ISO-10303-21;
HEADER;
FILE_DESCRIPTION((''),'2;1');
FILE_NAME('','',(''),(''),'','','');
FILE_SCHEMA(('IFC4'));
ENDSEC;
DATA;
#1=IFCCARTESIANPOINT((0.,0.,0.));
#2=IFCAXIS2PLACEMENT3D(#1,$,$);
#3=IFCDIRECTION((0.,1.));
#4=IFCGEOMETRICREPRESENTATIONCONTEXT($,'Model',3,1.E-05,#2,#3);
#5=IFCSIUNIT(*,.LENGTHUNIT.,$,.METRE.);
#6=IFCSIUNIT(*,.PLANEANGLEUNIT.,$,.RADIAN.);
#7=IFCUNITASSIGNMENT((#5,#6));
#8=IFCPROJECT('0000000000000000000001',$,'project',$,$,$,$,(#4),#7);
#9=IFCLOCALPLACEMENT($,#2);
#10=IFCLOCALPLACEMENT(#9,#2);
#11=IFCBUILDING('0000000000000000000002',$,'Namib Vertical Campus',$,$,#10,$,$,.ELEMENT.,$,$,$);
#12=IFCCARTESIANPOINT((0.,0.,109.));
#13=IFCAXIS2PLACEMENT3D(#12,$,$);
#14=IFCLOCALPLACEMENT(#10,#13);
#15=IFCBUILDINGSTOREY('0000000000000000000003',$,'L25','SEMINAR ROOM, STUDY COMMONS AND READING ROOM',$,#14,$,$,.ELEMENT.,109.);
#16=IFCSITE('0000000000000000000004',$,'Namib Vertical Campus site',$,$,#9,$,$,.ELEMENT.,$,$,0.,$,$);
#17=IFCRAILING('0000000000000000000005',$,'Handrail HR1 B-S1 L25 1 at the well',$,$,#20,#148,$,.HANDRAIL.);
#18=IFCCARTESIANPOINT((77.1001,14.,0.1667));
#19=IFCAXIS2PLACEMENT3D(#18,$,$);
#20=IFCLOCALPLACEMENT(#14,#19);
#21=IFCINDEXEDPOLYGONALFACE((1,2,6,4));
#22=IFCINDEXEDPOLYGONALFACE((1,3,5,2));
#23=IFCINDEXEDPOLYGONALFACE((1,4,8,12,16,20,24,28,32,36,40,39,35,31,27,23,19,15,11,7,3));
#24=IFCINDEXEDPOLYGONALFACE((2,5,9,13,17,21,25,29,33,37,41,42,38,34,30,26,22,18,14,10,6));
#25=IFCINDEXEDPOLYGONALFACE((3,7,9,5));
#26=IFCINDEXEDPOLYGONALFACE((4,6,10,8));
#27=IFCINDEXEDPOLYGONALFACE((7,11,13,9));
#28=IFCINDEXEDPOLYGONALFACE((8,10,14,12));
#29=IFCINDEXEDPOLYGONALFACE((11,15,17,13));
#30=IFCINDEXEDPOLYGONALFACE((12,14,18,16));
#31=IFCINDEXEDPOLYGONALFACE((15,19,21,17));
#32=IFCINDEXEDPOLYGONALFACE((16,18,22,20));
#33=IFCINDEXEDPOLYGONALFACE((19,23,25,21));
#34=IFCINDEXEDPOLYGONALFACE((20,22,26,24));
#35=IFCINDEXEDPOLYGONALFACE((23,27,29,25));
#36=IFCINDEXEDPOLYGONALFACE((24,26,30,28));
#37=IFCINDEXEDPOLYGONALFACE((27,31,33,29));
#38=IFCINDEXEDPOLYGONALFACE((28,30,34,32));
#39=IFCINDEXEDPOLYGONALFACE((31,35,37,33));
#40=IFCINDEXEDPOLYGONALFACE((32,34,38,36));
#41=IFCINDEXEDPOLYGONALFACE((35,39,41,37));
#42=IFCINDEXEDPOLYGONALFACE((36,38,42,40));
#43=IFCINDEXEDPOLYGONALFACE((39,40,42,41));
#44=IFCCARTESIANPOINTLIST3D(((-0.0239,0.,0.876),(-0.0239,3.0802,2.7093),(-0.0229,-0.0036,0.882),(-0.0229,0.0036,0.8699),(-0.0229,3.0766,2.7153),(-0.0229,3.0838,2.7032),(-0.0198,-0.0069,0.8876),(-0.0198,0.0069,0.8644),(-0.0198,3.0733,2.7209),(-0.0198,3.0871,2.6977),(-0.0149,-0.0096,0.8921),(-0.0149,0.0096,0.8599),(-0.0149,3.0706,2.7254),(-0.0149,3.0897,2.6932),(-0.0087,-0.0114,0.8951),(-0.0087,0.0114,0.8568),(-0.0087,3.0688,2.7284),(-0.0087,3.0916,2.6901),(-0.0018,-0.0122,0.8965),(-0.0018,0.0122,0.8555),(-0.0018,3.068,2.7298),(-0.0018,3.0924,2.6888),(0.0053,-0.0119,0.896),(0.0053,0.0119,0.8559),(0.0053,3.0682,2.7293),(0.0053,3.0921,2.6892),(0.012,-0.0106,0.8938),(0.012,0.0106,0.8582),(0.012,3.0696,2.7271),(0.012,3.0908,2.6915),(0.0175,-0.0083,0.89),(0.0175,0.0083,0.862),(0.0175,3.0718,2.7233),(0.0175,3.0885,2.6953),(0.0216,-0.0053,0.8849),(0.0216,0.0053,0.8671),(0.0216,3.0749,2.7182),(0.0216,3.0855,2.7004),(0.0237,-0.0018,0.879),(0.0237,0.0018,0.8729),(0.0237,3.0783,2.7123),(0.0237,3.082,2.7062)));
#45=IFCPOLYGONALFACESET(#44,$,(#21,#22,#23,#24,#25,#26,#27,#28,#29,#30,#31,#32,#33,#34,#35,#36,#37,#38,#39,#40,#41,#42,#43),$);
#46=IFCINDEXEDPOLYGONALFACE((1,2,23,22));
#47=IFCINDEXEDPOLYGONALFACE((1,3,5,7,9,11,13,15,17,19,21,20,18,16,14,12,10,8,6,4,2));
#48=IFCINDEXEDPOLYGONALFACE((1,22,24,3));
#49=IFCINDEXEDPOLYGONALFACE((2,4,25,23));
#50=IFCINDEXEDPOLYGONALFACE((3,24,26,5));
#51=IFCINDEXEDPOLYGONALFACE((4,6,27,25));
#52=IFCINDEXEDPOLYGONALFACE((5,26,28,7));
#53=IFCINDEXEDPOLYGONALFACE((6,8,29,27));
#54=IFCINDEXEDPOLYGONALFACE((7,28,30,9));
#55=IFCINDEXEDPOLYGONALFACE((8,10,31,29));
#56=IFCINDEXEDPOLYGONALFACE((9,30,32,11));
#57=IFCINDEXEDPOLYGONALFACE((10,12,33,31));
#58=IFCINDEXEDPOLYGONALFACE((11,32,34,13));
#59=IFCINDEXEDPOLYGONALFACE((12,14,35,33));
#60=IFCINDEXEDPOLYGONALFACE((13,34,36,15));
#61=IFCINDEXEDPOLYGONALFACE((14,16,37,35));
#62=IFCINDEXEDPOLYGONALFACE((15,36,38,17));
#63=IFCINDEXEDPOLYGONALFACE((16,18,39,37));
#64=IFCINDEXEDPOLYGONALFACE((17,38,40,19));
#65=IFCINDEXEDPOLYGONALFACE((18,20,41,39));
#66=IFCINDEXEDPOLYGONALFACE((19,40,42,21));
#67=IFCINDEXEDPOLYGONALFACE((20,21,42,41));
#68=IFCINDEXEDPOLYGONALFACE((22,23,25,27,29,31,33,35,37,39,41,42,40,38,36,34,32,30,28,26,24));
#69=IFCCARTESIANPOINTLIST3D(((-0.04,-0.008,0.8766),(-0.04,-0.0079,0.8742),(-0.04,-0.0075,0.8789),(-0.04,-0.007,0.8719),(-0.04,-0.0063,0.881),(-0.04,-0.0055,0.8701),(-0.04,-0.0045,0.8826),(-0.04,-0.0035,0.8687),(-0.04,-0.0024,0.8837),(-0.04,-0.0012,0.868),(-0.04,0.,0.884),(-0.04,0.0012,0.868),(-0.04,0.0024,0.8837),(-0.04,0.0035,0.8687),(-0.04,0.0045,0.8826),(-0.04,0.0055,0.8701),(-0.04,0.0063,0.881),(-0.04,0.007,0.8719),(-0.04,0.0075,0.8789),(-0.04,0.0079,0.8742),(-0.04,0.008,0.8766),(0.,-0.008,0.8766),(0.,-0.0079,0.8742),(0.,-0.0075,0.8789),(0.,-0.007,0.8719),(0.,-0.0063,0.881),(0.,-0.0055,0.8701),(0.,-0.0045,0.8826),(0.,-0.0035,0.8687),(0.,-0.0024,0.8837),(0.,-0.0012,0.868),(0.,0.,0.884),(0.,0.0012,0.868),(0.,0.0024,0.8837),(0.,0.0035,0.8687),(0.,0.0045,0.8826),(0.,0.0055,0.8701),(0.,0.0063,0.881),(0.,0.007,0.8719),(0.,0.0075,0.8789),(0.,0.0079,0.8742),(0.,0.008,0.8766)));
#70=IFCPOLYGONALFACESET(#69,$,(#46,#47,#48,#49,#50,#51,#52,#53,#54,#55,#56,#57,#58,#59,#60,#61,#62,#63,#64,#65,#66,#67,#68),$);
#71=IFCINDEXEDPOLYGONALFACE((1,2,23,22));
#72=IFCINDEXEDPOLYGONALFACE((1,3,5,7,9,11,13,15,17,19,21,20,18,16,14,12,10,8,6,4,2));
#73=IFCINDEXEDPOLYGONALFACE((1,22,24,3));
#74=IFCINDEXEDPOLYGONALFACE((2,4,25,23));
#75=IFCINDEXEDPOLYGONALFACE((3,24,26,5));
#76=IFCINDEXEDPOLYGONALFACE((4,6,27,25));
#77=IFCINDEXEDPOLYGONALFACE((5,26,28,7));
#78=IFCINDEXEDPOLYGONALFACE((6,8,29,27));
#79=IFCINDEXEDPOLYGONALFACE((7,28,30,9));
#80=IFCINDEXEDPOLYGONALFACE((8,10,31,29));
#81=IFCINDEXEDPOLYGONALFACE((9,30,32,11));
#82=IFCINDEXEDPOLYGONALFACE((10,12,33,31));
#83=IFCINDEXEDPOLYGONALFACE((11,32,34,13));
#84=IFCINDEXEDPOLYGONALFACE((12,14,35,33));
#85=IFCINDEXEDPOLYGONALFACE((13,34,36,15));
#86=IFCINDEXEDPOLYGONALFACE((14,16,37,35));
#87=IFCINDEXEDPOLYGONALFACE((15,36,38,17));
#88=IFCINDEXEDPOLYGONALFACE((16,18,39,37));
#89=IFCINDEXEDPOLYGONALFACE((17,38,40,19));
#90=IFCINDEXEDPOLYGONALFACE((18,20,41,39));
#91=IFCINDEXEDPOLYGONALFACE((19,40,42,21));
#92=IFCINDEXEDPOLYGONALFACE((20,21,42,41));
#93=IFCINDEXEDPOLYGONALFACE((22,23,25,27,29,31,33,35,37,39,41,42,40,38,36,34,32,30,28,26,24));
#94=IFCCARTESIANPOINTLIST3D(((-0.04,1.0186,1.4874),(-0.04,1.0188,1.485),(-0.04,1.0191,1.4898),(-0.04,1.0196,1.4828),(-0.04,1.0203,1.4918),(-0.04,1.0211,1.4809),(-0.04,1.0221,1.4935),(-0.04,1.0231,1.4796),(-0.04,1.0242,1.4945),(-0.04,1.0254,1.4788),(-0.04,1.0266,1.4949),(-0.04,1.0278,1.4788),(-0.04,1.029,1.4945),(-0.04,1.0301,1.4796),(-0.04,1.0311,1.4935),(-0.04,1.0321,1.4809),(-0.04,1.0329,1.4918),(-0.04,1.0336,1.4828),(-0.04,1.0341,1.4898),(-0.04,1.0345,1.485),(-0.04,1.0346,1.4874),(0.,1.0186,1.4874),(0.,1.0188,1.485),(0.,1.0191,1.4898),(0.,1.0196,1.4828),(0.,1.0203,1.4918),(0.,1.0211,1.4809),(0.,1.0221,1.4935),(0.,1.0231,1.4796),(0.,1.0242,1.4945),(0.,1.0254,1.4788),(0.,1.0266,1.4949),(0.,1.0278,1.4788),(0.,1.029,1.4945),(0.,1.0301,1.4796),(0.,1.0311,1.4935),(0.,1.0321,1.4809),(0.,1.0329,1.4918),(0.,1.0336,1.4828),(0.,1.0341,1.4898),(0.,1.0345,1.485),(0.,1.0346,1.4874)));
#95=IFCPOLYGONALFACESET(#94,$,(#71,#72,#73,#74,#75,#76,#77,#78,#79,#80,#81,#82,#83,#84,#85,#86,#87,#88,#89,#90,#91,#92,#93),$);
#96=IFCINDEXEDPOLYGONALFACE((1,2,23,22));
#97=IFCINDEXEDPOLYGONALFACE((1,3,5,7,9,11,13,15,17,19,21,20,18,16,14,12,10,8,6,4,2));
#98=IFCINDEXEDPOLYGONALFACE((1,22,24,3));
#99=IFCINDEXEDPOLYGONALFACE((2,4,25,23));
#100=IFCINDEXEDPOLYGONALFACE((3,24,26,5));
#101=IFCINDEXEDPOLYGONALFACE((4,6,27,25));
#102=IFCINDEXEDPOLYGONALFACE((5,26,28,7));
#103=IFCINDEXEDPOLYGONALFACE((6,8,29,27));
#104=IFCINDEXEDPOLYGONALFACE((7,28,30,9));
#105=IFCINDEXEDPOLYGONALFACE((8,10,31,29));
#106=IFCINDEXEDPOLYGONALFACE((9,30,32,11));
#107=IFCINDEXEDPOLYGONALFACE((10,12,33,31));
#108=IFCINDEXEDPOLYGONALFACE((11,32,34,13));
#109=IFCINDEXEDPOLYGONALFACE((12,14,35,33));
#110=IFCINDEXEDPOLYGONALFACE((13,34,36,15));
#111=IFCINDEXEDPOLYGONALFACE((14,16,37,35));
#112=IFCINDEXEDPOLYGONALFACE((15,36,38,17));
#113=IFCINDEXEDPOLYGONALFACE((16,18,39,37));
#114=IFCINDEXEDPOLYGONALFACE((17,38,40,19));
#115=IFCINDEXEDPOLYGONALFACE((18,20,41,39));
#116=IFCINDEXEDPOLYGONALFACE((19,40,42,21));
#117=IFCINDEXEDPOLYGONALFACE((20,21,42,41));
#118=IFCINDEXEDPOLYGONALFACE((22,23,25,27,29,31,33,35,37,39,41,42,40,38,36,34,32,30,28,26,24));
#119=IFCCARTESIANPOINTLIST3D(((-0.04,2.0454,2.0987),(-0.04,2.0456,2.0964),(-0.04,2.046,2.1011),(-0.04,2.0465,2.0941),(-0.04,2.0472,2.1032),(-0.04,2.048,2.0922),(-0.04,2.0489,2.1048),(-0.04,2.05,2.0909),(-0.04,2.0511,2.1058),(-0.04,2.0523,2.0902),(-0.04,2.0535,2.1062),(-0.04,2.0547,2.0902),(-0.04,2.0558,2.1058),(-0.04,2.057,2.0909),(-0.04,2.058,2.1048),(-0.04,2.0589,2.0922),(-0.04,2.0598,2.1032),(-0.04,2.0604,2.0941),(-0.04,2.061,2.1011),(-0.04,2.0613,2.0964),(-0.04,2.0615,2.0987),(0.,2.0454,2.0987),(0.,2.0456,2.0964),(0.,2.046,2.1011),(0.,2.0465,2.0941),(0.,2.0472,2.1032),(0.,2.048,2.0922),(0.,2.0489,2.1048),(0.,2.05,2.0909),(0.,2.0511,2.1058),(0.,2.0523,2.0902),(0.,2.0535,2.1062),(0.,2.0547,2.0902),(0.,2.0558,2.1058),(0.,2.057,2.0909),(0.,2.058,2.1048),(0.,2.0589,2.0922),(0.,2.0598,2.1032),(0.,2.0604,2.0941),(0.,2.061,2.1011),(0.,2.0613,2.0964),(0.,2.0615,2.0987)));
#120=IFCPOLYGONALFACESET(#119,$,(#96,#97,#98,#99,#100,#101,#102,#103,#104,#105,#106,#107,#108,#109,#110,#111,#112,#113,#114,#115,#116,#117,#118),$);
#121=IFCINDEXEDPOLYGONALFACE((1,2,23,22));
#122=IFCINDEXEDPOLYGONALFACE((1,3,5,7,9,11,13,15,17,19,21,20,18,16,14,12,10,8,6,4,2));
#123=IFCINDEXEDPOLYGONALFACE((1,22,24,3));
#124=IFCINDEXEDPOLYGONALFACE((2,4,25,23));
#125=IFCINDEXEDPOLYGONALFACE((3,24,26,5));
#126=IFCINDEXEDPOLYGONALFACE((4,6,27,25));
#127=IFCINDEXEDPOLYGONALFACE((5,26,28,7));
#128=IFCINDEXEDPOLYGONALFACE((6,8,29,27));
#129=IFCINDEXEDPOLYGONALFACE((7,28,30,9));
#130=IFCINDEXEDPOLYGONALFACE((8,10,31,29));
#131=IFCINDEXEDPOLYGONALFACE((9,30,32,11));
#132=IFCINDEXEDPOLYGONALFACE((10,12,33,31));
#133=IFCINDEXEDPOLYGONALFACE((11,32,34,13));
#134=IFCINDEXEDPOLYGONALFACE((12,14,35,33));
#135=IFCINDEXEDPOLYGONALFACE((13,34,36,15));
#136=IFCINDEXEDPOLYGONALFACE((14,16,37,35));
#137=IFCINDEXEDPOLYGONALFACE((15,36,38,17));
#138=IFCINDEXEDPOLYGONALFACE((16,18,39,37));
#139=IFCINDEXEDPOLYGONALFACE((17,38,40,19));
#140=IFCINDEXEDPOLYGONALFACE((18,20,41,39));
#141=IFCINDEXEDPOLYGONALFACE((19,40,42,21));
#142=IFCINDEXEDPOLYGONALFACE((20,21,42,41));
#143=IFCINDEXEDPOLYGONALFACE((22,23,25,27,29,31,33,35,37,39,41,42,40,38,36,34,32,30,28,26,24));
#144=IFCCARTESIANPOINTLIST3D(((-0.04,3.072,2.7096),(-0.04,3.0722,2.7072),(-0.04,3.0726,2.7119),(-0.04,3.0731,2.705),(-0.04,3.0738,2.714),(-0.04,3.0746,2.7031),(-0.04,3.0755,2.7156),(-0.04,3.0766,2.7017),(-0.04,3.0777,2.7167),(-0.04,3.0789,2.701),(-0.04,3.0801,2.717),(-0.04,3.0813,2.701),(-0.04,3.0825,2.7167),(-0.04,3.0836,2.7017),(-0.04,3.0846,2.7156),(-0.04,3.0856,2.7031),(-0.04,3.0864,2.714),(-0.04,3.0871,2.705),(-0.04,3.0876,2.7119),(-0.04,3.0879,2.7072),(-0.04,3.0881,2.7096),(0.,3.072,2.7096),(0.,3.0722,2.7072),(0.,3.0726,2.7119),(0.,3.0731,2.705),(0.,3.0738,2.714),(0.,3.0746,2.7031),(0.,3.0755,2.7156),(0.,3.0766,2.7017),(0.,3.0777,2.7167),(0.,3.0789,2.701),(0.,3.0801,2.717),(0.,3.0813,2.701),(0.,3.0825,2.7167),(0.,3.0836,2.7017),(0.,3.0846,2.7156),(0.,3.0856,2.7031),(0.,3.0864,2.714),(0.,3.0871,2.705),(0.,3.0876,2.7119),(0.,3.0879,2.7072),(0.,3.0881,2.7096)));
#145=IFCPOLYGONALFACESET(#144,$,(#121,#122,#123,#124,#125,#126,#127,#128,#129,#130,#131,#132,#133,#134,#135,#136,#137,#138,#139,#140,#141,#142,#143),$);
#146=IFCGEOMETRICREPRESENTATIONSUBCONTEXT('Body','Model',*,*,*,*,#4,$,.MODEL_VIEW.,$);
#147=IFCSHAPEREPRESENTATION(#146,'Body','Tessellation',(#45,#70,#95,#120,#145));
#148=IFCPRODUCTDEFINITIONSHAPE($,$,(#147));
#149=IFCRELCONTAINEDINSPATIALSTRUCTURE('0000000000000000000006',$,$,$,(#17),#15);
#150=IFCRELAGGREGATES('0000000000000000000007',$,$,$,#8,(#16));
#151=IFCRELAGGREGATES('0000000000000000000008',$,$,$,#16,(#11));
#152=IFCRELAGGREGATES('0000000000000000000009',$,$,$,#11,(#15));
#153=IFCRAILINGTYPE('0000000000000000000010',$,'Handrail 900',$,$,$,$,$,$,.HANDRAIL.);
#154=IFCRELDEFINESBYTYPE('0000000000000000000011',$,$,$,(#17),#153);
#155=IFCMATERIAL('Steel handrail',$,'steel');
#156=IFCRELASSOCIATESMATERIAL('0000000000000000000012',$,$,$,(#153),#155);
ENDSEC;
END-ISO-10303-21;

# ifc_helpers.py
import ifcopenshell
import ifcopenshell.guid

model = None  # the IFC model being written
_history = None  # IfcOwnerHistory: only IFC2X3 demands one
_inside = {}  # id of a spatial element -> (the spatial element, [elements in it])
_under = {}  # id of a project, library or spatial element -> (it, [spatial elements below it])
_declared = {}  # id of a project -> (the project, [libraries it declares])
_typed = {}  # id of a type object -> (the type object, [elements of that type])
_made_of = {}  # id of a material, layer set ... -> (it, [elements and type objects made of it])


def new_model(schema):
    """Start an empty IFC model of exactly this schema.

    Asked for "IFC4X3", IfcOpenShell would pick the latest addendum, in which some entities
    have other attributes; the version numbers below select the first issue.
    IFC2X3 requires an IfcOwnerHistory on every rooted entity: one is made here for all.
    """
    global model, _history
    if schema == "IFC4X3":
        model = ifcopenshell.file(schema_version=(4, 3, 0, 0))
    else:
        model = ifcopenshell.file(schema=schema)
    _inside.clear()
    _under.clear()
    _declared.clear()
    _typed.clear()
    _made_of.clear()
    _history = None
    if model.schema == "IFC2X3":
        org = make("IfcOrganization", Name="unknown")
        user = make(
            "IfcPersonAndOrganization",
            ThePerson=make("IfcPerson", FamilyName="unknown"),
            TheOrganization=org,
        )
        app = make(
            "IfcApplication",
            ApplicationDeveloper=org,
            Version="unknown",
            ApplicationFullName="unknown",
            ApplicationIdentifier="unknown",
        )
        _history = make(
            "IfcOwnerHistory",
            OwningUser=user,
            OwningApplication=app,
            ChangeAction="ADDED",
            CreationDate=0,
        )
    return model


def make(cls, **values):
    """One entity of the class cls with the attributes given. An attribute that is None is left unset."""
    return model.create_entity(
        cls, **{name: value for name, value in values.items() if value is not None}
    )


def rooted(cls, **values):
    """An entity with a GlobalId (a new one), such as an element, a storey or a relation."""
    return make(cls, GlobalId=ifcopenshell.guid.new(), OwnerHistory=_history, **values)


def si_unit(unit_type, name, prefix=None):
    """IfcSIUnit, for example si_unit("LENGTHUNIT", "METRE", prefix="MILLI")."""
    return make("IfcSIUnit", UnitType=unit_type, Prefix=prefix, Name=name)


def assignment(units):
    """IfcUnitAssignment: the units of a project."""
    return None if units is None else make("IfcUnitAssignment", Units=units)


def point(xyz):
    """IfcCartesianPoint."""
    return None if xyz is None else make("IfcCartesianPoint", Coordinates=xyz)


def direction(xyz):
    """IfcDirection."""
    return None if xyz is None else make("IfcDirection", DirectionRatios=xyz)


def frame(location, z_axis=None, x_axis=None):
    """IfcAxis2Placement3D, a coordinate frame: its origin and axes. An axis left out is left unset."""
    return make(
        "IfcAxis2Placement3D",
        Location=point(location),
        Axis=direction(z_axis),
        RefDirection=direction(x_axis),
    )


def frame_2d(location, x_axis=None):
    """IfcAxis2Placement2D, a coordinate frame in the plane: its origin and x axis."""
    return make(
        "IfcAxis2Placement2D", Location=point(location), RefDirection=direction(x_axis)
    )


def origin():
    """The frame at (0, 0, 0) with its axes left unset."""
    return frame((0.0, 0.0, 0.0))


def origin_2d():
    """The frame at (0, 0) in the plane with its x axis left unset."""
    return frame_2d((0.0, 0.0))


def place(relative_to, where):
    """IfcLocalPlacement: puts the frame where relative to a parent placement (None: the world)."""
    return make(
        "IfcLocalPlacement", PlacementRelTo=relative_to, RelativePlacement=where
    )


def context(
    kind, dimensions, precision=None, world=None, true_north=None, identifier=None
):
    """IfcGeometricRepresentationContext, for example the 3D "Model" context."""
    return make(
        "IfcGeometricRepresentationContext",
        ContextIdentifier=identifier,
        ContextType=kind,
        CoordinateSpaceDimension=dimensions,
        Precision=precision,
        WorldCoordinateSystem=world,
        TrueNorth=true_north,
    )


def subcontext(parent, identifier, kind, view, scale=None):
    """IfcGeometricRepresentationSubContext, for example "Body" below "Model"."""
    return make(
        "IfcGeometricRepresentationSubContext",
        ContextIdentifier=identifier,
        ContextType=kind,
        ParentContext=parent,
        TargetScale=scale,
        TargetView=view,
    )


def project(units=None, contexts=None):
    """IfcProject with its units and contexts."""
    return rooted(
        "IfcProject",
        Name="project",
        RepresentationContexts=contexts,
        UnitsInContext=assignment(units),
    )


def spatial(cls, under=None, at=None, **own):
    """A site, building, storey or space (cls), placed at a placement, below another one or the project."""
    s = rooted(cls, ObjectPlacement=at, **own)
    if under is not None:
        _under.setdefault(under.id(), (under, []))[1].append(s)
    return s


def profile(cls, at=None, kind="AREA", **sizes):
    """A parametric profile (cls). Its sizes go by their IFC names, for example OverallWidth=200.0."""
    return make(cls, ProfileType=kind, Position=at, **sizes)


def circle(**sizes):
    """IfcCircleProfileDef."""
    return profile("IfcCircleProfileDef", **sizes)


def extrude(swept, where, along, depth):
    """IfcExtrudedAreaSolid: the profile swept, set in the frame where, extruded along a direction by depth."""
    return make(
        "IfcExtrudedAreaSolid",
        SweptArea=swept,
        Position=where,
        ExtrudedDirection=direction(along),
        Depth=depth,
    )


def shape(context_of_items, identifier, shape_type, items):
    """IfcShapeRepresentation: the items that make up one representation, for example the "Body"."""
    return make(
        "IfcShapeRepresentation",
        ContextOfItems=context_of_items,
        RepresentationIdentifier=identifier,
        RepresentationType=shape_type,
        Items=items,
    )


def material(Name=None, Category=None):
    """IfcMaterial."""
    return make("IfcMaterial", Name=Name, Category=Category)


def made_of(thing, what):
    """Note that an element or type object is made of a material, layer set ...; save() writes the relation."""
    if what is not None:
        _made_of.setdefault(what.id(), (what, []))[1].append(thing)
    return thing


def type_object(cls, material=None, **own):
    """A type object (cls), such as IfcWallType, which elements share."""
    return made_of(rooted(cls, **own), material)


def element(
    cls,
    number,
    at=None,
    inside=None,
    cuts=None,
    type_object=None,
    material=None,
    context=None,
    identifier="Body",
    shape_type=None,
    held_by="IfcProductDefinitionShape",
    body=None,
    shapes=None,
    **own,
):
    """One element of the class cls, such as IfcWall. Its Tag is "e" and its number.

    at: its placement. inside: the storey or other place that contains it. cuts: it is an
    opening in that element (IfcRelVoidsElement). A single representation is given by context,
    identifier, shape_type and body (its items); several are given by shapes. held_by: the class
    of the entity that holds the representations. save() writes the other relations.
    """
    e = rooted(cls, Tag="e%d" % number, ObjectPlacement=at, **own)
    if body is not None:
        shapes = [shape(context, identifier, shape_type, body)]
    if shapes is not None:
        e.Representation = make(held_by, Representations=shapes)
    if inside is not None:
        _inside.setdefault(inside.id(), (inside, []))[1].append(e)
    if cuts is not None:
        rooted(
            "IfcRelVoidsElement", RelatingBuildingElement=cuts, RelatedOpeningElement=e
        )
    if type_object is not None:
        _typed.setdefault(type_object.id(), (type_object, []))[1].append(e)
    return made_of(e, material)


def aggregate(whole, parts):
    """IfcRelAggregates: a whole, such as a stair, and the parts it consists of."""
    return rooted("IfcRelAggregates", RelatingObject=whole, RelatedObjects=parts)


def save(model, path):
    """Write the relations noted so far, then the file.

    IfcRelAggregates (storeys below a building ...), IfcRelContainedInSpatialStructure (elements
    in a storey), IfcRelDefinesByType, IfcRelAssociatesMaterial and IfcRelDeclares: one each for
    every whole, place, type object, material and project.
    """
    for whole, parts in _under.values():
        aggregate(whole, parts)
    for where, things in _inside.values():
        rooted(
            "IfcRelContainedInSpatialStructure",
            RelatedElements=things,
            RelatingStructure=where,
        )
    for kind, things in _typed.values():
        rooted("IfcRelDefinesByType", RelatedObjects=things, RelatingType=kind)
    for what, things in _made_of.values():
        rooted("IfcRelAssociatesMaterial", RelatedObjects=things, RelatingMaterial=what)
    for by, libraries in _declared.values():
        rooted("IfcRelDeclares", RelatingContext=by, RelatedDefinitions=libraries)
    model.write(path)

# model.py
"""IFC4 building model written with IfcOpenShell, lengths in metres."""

from ifc_helpers import new_model, si_unit, direction, frame, origin, origin_2d, place, context, subcontext, project, spatial, circle, extrude, material, type_object, element, save


model = new_model("IFC4")

# Units and contexts
model_context = context("Model", 3, precision=1e-05, world=origin(), true_north=direction((0.0, 1.0)))
body_context = subcontext(model_context, "Body", "Model", "MODEL_VIEW")
ifc_project = project(units=[si_unit("LENGTHUNIT", "METRE"), si_unit("PLANEANGLEUNIT", "RADIAN")], contexts=[model_context])

# Site, building, storey
site_placement = place(None, origin())
site = spatial("IfcSite", under=ifc_project, at=site_placement, Name="Namib Vertical Campus site", CompositionType="ELEMENT", RefElevation=0.0)
building_placement = place(site_placement, origin())
building = spatial("IfcBuilding", under=site, at=building_placement, Name="Namib Vertical Campus", CompositionType="ELEMENT")
storey_placement = place(building_placement, frame((0.0, 0.0, 109.0)))
storey = spatial("IfcBuildingStorey", under=building, at=storey_placement, Name="L25", Description="SEMINAR ROOM, STUDY COMMONS AND READING ROOM", CompositionType="ELEMENT", Elevation=109.0)

# Railing
ifc_material_1 = material(Name="Steel handrail", Category="steel")
railing_type_1 = type_object("IfcRailingType", Name="Handrail 900", PredefinedType="HANDRAIL", material=ifc_material_1)
railing_1_placement = place(storey_placement, frame((77.1001, 14.0, 0.1667)))
element("IfcRailing", 1, at=railing_1_placement, inside=storey, type_object=railing_type_1, Name="Handrail HR1 B-S1 L25 1 at the well", PredefinedType="HANDRAIL", context=body_context, shape_type="SweptSolid", body=[
    extrude(circle(Radius=0.0239, at=origin_2d()), frame((0.0, 0.0, 0.876), z_axis=(0.0, 0.859309, 0.511458), x_axis=(-1.0, 0.0, 0.0)), (0.0, 0.0, 1.0), 3.5845),
    extrude(circle(Radius=0.0081, at=origin_2d()), frame((0.0, 0.0, 0.876), z_axis=(-1.0, 0.0, 0.0), x_axis=(0.0, 0.0, 1.0)), (0.0, 0.0, 1.0), 0.04),
    extrude(circle(Radius=0.0081, at=origin_2d()), frame((0.0, 1.0266, 1.4868), z_axis=(-1.0, 0.0, 0.0), x_axis=(0.0, 0.0, 1.0)), (0.0, 0.0, 1.0), 0.04),
    extrude(circle(Radius=0.0081, at=origin_2d()), frame((0.0, 2.0535, 2.0981), z_axis=(-1.0, 0.0, 0.0), x_axis=(0.0, 0.0, 1.0)), (0.0, 0.0, 1.0), 0.04),
    extrude(circle(Radius=0.0081, at=origin_2d()), frame((0.0, 3.0801, 2.709), z_axis=(-1.0, 0.0, 0.0), x_axis=(0.0, 0.0, 1.0)), (0.0, 0.0, 1.0), 0.04),
])

save(model, "model.ifc")
